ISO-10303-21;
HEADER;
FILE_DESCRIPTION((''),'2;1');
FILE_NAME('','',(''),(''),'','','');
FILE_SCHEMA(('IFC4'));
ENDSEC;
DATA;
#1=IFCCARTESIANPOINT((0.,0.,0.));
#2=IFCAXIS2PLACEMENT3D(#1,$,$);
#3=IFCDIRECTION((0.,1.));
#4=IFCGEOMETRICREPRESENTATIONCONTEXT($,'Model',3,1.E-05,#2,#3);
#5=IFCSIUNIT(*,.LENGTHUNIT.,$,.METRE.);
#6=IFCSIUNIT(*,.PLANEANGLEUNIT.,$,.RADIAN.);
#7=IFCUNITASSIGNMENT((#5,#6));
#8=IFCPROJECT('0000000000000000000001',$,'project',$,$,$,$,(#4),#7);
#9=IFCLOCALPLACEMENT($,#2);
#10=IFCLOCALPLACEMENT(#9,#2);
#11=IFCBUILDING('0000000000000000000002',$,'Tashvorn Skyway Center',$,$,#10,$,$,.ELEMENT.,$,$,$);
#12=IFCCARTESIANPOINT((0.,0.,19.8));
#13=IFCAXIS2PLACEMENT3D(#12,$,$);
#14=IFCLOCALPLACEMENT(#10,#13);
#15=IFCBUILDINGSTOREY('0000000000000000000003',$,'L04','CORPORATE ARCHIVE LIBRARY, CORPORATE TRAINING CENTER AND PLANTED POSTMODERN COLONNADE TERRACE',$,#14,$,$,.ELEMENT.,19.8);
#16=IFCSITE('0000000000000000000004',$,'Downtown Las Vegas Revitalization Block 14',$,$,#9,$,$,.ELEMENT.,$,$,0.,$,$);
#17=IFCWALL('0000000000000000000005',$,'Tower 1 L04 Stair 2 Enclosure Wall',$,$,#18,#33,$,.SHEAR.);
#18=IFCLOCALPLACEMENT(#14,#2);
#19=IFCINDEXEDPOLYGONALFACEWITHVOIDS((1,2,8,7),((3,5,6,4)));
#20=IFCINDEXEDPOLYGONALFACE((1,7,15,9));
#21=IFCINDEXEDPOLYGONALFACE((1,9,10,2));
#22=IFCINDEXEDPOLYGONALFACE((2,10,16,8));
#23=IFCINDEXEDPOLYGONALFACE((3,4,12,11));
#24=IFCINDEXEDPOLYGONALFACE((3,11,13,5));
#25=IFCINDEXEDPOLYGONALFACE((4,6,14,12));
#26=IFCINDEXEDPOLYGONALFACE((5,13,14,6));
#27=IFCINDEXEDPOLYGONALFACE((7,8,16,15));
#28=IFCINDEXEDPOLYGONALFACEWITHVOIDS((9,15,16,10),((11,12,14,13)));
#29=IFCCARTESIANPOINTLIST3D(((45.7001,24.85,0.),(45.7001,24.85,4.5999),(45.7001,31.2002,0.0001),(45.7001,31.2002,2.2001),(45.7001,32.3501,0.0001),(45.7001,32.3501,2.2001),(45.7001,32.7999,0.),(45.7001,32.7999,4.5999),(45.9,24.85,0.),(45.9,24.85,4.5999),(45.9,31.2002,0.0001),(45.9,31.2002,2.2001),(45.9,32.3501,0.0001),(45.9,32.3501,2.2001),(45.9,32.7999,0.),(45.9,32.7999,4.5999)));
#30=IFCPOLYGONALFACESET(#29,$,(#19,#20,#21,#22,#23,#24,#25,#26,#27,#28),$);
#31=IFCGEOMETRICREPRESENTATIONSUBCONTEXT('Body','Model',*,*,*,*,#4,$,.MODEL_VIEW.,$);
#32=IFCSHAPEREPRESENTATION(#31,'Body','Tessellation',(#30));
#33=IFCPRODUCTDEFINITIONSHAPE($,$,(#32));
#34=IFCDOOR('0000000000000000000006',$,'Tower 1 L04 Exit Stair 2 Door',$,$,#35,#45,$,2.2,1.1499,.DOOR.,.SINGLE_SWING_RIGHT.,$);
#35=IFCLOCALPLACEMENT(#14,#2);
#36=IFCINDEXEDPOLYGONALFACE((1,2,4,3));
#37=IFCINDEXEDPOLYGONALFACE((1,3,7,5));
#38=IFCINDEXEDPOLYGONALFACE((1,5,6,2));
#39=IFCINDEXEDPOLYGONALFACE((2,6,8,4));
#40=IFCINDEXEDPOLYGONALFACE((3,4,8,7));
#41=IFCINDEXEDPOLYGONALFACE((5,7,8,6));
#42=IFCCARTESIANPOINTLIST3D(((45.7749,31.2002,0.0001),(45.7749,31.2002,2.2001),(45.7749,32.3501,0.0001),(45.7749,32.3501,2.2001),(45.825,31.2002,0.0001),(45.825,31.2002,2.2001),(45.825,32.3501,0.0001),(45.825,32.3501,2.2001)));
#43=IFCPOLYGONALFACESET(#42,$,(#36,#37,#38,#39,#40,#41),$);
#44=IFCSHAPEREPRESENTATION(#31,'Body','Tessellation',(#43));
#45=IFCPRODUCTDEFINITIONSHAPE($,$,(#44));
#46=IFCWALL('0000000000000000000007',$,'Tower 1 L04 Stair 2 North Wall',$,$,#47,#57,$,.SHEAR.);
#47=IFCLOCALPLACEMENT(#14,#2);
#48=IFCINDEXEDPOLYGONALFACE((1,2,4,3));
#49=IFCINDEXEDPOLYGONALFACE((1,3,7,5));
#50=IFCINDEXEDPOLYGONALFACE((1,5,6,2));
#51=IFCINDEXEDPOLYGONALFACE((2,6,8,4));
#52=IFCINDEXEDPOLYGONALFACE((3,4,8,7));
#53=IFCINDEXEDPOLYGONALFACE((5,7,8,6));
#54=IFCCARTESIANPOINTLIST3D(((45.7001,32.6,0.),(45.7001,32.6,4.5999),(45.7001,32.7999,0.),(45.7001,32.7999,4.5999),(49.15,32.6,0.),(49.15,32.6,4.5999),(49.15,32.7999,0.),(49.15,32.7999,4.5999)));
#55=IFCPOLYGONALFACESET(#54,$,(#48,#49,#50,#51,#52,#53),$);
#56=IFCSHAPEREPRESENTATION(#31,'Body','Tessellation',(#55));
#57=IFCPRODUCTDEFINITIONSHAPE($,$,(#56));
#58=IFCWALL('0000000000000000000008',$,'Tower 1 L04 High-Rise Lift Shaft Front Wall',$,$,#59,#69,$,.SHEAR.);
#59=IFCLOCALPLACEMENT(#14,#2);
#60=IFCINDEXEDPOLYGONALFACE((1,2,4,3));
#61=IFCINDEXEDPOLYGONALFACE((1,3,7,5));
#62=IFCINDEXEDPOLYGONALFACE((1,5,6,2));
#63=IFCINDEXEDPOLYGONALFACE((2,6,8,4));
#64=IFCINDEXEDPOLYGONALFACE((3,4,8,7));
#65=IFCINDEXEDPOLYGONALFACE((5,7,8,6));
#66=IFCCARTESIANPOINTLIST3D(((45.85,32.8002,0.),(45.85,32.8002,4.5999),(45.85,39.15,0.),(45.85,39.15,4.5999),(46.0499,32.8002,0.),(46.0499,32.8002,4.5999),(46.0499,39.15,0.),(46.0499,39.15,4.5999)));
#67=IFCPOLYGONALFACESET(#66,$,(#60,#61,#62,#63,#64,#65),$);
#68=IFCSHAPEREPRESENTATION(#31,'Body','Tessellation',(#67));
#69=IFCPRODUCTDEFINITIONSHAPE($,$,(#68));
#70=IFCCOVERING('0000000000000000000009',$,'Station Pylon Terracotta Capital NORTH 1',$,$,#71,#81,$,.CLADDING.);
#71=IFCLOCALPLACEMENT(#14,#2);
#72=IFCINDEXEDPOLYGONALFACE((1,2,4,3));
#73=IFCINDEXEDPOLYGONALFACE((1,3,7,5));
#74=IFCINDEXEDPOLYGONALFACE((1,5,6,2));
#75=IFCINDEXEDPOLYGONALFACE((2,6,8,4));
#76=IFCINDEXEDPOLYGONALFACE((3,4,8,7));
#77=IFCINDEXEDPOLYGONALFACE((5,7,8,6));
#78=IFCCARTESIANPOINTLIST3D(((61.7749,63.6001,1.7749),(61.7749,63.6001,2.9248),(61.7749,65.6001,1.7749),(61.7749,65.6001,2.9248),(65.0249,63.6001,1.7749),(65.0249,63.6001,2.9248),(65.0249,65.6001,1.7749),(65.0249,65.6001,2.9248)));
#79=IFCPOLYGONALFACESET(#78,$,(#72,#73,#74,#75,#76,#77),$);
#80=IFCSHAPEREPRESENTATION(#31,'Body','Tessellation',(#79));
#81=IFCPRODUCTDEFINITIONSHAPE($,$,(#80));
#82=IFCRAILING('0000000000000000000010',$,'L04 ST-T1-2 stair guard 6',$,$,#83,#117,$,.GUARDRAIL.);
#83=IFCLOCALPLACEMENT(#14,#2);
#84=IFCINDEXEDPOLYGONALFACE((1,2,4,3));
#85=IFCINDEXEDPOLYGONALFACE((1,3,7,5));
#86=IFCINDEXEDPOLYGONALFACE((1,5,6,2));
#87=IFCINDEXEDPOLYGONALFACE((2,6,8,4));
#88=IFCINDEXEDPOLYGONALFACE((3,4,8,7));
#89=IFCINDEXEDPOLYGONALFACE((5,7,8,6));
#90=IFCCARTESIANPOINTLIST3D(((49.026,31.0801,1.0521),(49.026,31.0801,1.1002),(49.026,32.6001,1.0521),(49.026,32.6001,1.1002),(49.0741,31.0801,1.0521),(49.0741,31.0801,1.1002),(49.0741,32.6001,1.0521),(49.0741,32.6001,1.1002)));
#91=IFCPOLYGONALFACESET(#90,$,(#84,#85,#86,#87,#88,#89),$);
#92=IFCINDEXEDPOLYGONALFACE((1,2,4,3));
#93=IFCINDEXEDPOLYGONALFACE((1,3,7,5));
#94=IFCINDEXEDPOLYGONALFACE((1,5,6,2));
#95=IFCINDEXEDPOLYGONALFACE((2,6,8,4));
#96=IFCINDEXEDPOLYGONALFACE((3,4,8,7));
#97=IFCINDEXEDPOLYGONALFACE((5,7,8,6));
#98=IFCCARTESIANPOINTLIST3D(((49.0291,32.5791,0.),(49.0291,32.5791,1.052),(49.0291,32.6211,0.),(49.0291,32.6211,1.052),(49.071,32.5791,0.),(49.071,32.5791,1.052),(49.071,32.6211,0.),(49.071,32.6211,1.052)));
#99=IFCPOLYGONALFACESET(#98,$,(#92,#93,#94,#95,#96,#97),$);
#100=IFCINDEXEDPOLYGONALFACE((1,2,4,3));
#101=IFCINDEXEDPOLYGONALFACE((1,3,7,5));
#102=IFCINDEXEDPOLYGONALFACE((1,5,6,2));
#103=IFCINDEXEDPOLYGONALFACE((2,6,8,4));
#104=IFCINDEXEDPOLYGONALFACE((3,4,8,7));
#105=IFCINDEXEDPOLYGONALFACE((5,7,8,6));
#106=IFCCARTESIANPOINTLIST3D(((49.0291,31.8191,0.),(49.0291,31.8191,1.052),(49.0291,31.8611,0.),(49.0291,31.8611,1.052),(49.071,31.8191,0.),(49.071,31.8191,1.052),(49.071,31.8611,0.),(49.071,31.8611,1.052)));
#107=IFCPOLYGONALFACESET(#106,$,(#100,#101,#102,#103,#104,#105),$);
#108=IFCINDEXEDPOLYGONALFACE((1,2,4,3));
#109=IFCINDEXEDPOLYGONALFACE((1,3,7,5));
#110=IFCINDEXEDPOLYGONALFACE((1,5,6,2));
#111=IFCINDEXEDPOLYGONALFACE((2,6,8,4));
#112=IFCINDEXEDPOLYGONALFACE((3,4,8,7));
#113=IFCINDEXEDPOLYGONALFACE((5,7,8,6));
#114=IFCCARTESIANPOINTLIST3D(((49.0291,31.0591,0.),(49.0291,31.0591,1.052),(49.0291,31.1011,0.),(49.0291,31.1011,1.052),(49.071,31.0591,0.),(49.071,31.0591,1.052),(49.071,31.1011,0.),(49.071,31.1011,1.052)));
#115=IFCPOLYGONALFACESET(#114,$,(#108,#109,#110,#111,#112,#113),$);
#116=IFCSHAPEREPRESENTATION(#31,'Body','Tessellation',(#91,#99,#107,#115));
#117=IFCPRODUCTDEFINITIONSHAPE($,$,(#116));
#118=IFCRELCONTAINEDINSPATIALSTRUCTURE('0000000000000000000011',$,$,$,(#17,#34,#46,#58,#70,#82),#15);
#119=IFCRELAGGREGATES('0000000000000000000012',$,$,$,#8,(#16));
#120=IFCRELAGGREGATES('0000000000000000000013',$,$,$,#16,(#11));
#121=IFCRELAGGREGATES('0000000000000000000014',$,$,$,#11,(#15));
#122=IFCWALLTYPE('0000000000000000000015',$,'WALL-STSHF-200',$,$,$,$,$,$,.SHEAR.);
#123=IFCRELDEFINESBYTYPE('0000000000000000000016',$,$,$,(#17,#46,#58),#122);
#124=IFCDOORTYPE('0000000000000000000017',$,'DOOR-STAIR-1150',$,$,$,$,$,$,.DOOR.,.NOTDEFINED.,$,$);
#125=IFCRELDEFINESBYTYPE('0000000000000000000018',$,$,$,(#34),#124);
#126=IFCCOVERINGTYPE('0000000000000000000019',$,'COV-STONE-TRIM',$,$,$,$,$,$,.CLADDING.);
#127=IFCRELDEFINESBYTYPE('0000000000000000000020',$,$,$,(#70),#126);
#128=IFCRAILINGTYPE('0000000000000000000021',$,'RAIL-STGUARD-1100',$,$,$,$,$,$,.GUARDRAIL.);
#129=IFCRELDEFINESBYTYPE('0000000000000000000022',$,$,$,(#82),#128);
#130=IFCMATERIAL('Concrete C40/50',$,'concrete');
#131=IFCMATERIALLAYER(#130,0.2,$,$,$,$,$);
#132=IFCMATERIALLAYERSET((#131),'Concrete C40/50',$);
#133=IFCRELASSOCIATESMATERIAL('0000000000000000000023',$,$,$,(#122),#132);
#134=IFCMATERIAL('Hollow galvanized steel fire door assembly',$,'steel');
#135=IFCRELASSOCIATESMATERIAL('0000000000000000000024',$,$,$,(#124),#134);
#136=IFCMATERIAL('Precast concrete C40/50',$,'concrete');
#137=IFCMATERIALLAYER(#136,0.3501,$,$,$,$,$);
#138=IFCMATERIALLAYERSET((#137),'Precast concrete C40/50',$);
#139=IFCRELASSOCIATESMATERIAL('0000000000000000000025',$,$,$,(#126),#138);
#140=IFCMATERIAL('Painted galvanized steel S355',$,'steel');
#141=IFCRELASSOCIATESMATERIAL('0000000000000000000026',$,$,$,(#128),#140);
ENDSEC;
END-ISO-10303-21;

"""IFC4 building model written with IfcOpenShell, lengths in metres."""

from ifc_helpers import new_model, si_unit, direction, frame, frame_2d, origin, origin_2d, place, context, subcontext, project, spatial, rectangle, extrude, material, layer, layer_set, type_object, element, fill, save


model = new_model("IFC4")

# Units and contexts
model_context = context("Model", 3, precision=1e-05, world=origin(), true_north=direction((0.0, 1.0)))
body_context = subcontext(model_context, "Body", "Model", "MODEL_VIEW")
ifc_project = project(units=[si_unit("LENGTHUNIT", "METRE"), si_unit("PLANEANGLEUNIT", "RADIAN")], contexts=[model_context])

# Site, building, storey
site_placement = place(None, origin())
site = spatial("IfcSite", under=ifc_project, at=site_placement, Name="Downtown Las Vegas Revitalization Block 14", CompositionType="ELEMENT", RefElevation=0.0)
building_placement = place(site_placement, origin())
building = spatial("IfcBuilding", under=site, at=building_placement, Name="Tashvorn Skyway Center", CompositionType="ELEMENT")
storey_placement = place(building_placement, frame((0.0, 0.0, 19.8)))
storey = spatial("IfcBuildingStorey", under=building, at=storey_placement, Name="L04", Description="CORPORATE ARCHIVE LIBRARY, CORPORATE TRAINING CENTER AND PLANTED POSTMODERN COLONNADE TERRACE", CompositionType="ELEMENT", Elevation=19.8)

# Shared definitions
ifc_material_1 = material(Name="Concrete C40/50", Category="concrete")

# Wall, opening, door
ifc_layer_1 = layer(ifc_material_1, 0.2)
ifc_layer_set_1 = layer_set([ifc_layer_1], Name="Concrete C40/50")
wall_type_1 = type_object("IfcWallType", Name="WALL-STSHF-200", PredefinedType="SHEAR", material=ifc_layer_set_1)
wall_1_placement = place(storey_placement, frame((45.8, 32.8, 0.0), z_axis=(0.0, 0.0, 1.0), x_axis=(0.0, -1.0, 0.0)))
wall_1 = element("IfcWall", 1, at=wall_1_placement, inside=storey, type_object=wall_type_1, Name="Tower 1 L04 Stair 2 Enclosure Wall", PredefinedType="SHEAR", context=body_context, shape_type="SweptSolid", body=[
    extrude(rectangle(XDim=7.95, YDim=0.2, at=frame_2d((3.9751, 0.0))), origin(), (0.0, 0.0, 1.0), 4.5999),
])
opening_placement = place(wall_1_placement, frame((0.45, 0.0, 0.0)))
opening = element("IfcOpeningElement", 2, at=opening_placement, cuts=wall_1, PredefinedType="OPENING", context=body_context, shape_type="SweptSolid", body=[
    extrude(rectangle(XDim=1.1499, YDim=2.2, at=frame_2d((0.575, 1.1001))), frame((0.0, 0.1099, 0.0), z_axis=(0.0, -1.0, 0.0), x_axis=(1.0, 0.0, 0.0)), (0.0, 0.0, 1.0), 0.22),
])
ifc_material_2 = material(Name="Hollow galvanized steel fire door assembly", Category="steel")
door_type = type_object("IfcDoorType", Name="DOOR-STAIR-1150", OperationType="NOTDEFINED", PredefinedType="DOOR", material=ifc_material_2)
door_placement = place(opening_placement, origin())
door = element("IfcDoor", 3, at=door_placement, inside=storey, type_object=door_type, Name="Tower 1 L04 Exit Stair 2 Door", OperationType="SINGLE_SWING_RIGHT", OverallHeight=2.2, OverallWidth=1.1499, PredefinedType="DOOR", context=body_context, shape_type="SweptSolid", body=[
    extrude(rectangle(XDim=1.1499, YDim=2.2, at=frame_2d((0.575, 1.1001))), frame((0.0, 0.0249, 0.0), z_axis=(0.0, -1.0, 0.0), x_axis=(1.0, 0.0, 0.0)), (0.0, 0.0, 1.0), 0.05),
])
fill(opening, door)

# Walls
wall_2_placement = place(storey_placement, frame((45.7, 32.7, 0.0), z_axis=(0.0, 0.0, 1.0), x_axis=(1.0, 0.0, 0.0)))
element("IfcWall", 4, at=wall_2_placement, inside=storey, type_object=wall_type_1, Name="Tower 1 L04 Stair 2 North Wall", PredefinedType="SHEAR", context=body_context, shape_type="SweptSolid", body=[
    extrude(rectangle(XDim=3.45, YDim=0.2, at=frame_2d((1.7251, 0.0))), origin(), (0.0, 0.0, 1.0), 4.5999),
])
wall_3_placement = place(storey_placement, frame((45.95, 39.1499, 0.0), z_axis=(0.0, 0.0, 1.0), x_axis=(0.0, -1.0, 0.0)))
element("IfcWall", 5, at=wall_3_placement, inside=storey, type_object=wall_type_1, Name="Tower 1 L04 High-Rise Lift Shaft Front Wall", PredefinedType="SHEAR", context=body_context, shape_type="SweptSolid", body=[
    extrude(rectangle(XDim=6.3499, YDim=0.2, at=frame_2d((3.1748, 0.0))), origin(), (0.0, 0.0, 1.0), 4.5999),
])

# Covering
ifc_material_3 = material(Name="Precast concrete C40/50", Category="concrete")
ifc_layer_2 = layer(ifc_material_3, 0.3501)
ifc_layer_set_2 = layer_set([ifc_layer_2], Name="Precast concrete C40/50")
covering_type = type_object("IfcCoveringType", Name="COV-STONE-TRIM", PredefinedType="CLADDING", material=ifc_layer_set_2)
covering_placement = place(storey_placement, frame((63.3999, 64.6001, 1.7749), z_axis=(0.0, 0.0, 1.0), x_axis=(1.0, 0.0, 0.0)))
element("IfcCovering", 6, at=covering_placement, inside=storey, type_object=covering_type, Name="Station Pylon Terracotta Capital NORTH 1", PredefinedType="CLADDING", context=body_context, shape_type="SweptSolid", body=[
    extrude(rectangle(XDim=3.25, YDim=2.0, at=origin_2d()), origin(), (0.0, 0.0, 1.0), 1.1499),
])

# Railing
ifc_material_4 = material(Name="Painted galvanized steel S355", Category="steel")
railing_type = type_object("IfcRailingType", Name="RAIL-STGUARD-1100", PredefinedType="GUARDRAIL", material=ifc_material_4)
railing_placement = place(storey_placement, frame((49.05, 32.6001, 0.0)))
element("IfcRailing", 7, at=railing_placement, inside=storey, type_object=railing_type, Name="L04 ST-T1-2 stair guard 6", PredefinedType="GUARDRAIL", context=body_context, shape_type="SweptSolid", body=[
    extrude(rectangle(XDim=0.0481, YDim=0.0481, at=origin_2d()), frame((0.0, 0.0, 1.0762), z_axis=(0.0, -1.0, 0.0), x_axis=(1.0, 0.0, 0.0)), (0.0, 0.0, 1.0), 1.52),
    extrude(rectangle(XDim=0.042, YDim=0.042, at=origin_2d()), origin(), (0.0, 0.0, 1.0), 1.052),
    extrude(rectangle(XDim=0.042, YDim=0.042, at=origin_2d()), frame((0.0, -0.76, 0.0)), (0.0, 0.0, 1.0), 1.052),
    extrude(rectangle(XDim=0.042, YDim=0.042, at=origin_2d()), frame((0.0, -1.52, 0.0)), (0.0, 0.0, 1.0), 1.052),
])

save(model, "model.ifc")
